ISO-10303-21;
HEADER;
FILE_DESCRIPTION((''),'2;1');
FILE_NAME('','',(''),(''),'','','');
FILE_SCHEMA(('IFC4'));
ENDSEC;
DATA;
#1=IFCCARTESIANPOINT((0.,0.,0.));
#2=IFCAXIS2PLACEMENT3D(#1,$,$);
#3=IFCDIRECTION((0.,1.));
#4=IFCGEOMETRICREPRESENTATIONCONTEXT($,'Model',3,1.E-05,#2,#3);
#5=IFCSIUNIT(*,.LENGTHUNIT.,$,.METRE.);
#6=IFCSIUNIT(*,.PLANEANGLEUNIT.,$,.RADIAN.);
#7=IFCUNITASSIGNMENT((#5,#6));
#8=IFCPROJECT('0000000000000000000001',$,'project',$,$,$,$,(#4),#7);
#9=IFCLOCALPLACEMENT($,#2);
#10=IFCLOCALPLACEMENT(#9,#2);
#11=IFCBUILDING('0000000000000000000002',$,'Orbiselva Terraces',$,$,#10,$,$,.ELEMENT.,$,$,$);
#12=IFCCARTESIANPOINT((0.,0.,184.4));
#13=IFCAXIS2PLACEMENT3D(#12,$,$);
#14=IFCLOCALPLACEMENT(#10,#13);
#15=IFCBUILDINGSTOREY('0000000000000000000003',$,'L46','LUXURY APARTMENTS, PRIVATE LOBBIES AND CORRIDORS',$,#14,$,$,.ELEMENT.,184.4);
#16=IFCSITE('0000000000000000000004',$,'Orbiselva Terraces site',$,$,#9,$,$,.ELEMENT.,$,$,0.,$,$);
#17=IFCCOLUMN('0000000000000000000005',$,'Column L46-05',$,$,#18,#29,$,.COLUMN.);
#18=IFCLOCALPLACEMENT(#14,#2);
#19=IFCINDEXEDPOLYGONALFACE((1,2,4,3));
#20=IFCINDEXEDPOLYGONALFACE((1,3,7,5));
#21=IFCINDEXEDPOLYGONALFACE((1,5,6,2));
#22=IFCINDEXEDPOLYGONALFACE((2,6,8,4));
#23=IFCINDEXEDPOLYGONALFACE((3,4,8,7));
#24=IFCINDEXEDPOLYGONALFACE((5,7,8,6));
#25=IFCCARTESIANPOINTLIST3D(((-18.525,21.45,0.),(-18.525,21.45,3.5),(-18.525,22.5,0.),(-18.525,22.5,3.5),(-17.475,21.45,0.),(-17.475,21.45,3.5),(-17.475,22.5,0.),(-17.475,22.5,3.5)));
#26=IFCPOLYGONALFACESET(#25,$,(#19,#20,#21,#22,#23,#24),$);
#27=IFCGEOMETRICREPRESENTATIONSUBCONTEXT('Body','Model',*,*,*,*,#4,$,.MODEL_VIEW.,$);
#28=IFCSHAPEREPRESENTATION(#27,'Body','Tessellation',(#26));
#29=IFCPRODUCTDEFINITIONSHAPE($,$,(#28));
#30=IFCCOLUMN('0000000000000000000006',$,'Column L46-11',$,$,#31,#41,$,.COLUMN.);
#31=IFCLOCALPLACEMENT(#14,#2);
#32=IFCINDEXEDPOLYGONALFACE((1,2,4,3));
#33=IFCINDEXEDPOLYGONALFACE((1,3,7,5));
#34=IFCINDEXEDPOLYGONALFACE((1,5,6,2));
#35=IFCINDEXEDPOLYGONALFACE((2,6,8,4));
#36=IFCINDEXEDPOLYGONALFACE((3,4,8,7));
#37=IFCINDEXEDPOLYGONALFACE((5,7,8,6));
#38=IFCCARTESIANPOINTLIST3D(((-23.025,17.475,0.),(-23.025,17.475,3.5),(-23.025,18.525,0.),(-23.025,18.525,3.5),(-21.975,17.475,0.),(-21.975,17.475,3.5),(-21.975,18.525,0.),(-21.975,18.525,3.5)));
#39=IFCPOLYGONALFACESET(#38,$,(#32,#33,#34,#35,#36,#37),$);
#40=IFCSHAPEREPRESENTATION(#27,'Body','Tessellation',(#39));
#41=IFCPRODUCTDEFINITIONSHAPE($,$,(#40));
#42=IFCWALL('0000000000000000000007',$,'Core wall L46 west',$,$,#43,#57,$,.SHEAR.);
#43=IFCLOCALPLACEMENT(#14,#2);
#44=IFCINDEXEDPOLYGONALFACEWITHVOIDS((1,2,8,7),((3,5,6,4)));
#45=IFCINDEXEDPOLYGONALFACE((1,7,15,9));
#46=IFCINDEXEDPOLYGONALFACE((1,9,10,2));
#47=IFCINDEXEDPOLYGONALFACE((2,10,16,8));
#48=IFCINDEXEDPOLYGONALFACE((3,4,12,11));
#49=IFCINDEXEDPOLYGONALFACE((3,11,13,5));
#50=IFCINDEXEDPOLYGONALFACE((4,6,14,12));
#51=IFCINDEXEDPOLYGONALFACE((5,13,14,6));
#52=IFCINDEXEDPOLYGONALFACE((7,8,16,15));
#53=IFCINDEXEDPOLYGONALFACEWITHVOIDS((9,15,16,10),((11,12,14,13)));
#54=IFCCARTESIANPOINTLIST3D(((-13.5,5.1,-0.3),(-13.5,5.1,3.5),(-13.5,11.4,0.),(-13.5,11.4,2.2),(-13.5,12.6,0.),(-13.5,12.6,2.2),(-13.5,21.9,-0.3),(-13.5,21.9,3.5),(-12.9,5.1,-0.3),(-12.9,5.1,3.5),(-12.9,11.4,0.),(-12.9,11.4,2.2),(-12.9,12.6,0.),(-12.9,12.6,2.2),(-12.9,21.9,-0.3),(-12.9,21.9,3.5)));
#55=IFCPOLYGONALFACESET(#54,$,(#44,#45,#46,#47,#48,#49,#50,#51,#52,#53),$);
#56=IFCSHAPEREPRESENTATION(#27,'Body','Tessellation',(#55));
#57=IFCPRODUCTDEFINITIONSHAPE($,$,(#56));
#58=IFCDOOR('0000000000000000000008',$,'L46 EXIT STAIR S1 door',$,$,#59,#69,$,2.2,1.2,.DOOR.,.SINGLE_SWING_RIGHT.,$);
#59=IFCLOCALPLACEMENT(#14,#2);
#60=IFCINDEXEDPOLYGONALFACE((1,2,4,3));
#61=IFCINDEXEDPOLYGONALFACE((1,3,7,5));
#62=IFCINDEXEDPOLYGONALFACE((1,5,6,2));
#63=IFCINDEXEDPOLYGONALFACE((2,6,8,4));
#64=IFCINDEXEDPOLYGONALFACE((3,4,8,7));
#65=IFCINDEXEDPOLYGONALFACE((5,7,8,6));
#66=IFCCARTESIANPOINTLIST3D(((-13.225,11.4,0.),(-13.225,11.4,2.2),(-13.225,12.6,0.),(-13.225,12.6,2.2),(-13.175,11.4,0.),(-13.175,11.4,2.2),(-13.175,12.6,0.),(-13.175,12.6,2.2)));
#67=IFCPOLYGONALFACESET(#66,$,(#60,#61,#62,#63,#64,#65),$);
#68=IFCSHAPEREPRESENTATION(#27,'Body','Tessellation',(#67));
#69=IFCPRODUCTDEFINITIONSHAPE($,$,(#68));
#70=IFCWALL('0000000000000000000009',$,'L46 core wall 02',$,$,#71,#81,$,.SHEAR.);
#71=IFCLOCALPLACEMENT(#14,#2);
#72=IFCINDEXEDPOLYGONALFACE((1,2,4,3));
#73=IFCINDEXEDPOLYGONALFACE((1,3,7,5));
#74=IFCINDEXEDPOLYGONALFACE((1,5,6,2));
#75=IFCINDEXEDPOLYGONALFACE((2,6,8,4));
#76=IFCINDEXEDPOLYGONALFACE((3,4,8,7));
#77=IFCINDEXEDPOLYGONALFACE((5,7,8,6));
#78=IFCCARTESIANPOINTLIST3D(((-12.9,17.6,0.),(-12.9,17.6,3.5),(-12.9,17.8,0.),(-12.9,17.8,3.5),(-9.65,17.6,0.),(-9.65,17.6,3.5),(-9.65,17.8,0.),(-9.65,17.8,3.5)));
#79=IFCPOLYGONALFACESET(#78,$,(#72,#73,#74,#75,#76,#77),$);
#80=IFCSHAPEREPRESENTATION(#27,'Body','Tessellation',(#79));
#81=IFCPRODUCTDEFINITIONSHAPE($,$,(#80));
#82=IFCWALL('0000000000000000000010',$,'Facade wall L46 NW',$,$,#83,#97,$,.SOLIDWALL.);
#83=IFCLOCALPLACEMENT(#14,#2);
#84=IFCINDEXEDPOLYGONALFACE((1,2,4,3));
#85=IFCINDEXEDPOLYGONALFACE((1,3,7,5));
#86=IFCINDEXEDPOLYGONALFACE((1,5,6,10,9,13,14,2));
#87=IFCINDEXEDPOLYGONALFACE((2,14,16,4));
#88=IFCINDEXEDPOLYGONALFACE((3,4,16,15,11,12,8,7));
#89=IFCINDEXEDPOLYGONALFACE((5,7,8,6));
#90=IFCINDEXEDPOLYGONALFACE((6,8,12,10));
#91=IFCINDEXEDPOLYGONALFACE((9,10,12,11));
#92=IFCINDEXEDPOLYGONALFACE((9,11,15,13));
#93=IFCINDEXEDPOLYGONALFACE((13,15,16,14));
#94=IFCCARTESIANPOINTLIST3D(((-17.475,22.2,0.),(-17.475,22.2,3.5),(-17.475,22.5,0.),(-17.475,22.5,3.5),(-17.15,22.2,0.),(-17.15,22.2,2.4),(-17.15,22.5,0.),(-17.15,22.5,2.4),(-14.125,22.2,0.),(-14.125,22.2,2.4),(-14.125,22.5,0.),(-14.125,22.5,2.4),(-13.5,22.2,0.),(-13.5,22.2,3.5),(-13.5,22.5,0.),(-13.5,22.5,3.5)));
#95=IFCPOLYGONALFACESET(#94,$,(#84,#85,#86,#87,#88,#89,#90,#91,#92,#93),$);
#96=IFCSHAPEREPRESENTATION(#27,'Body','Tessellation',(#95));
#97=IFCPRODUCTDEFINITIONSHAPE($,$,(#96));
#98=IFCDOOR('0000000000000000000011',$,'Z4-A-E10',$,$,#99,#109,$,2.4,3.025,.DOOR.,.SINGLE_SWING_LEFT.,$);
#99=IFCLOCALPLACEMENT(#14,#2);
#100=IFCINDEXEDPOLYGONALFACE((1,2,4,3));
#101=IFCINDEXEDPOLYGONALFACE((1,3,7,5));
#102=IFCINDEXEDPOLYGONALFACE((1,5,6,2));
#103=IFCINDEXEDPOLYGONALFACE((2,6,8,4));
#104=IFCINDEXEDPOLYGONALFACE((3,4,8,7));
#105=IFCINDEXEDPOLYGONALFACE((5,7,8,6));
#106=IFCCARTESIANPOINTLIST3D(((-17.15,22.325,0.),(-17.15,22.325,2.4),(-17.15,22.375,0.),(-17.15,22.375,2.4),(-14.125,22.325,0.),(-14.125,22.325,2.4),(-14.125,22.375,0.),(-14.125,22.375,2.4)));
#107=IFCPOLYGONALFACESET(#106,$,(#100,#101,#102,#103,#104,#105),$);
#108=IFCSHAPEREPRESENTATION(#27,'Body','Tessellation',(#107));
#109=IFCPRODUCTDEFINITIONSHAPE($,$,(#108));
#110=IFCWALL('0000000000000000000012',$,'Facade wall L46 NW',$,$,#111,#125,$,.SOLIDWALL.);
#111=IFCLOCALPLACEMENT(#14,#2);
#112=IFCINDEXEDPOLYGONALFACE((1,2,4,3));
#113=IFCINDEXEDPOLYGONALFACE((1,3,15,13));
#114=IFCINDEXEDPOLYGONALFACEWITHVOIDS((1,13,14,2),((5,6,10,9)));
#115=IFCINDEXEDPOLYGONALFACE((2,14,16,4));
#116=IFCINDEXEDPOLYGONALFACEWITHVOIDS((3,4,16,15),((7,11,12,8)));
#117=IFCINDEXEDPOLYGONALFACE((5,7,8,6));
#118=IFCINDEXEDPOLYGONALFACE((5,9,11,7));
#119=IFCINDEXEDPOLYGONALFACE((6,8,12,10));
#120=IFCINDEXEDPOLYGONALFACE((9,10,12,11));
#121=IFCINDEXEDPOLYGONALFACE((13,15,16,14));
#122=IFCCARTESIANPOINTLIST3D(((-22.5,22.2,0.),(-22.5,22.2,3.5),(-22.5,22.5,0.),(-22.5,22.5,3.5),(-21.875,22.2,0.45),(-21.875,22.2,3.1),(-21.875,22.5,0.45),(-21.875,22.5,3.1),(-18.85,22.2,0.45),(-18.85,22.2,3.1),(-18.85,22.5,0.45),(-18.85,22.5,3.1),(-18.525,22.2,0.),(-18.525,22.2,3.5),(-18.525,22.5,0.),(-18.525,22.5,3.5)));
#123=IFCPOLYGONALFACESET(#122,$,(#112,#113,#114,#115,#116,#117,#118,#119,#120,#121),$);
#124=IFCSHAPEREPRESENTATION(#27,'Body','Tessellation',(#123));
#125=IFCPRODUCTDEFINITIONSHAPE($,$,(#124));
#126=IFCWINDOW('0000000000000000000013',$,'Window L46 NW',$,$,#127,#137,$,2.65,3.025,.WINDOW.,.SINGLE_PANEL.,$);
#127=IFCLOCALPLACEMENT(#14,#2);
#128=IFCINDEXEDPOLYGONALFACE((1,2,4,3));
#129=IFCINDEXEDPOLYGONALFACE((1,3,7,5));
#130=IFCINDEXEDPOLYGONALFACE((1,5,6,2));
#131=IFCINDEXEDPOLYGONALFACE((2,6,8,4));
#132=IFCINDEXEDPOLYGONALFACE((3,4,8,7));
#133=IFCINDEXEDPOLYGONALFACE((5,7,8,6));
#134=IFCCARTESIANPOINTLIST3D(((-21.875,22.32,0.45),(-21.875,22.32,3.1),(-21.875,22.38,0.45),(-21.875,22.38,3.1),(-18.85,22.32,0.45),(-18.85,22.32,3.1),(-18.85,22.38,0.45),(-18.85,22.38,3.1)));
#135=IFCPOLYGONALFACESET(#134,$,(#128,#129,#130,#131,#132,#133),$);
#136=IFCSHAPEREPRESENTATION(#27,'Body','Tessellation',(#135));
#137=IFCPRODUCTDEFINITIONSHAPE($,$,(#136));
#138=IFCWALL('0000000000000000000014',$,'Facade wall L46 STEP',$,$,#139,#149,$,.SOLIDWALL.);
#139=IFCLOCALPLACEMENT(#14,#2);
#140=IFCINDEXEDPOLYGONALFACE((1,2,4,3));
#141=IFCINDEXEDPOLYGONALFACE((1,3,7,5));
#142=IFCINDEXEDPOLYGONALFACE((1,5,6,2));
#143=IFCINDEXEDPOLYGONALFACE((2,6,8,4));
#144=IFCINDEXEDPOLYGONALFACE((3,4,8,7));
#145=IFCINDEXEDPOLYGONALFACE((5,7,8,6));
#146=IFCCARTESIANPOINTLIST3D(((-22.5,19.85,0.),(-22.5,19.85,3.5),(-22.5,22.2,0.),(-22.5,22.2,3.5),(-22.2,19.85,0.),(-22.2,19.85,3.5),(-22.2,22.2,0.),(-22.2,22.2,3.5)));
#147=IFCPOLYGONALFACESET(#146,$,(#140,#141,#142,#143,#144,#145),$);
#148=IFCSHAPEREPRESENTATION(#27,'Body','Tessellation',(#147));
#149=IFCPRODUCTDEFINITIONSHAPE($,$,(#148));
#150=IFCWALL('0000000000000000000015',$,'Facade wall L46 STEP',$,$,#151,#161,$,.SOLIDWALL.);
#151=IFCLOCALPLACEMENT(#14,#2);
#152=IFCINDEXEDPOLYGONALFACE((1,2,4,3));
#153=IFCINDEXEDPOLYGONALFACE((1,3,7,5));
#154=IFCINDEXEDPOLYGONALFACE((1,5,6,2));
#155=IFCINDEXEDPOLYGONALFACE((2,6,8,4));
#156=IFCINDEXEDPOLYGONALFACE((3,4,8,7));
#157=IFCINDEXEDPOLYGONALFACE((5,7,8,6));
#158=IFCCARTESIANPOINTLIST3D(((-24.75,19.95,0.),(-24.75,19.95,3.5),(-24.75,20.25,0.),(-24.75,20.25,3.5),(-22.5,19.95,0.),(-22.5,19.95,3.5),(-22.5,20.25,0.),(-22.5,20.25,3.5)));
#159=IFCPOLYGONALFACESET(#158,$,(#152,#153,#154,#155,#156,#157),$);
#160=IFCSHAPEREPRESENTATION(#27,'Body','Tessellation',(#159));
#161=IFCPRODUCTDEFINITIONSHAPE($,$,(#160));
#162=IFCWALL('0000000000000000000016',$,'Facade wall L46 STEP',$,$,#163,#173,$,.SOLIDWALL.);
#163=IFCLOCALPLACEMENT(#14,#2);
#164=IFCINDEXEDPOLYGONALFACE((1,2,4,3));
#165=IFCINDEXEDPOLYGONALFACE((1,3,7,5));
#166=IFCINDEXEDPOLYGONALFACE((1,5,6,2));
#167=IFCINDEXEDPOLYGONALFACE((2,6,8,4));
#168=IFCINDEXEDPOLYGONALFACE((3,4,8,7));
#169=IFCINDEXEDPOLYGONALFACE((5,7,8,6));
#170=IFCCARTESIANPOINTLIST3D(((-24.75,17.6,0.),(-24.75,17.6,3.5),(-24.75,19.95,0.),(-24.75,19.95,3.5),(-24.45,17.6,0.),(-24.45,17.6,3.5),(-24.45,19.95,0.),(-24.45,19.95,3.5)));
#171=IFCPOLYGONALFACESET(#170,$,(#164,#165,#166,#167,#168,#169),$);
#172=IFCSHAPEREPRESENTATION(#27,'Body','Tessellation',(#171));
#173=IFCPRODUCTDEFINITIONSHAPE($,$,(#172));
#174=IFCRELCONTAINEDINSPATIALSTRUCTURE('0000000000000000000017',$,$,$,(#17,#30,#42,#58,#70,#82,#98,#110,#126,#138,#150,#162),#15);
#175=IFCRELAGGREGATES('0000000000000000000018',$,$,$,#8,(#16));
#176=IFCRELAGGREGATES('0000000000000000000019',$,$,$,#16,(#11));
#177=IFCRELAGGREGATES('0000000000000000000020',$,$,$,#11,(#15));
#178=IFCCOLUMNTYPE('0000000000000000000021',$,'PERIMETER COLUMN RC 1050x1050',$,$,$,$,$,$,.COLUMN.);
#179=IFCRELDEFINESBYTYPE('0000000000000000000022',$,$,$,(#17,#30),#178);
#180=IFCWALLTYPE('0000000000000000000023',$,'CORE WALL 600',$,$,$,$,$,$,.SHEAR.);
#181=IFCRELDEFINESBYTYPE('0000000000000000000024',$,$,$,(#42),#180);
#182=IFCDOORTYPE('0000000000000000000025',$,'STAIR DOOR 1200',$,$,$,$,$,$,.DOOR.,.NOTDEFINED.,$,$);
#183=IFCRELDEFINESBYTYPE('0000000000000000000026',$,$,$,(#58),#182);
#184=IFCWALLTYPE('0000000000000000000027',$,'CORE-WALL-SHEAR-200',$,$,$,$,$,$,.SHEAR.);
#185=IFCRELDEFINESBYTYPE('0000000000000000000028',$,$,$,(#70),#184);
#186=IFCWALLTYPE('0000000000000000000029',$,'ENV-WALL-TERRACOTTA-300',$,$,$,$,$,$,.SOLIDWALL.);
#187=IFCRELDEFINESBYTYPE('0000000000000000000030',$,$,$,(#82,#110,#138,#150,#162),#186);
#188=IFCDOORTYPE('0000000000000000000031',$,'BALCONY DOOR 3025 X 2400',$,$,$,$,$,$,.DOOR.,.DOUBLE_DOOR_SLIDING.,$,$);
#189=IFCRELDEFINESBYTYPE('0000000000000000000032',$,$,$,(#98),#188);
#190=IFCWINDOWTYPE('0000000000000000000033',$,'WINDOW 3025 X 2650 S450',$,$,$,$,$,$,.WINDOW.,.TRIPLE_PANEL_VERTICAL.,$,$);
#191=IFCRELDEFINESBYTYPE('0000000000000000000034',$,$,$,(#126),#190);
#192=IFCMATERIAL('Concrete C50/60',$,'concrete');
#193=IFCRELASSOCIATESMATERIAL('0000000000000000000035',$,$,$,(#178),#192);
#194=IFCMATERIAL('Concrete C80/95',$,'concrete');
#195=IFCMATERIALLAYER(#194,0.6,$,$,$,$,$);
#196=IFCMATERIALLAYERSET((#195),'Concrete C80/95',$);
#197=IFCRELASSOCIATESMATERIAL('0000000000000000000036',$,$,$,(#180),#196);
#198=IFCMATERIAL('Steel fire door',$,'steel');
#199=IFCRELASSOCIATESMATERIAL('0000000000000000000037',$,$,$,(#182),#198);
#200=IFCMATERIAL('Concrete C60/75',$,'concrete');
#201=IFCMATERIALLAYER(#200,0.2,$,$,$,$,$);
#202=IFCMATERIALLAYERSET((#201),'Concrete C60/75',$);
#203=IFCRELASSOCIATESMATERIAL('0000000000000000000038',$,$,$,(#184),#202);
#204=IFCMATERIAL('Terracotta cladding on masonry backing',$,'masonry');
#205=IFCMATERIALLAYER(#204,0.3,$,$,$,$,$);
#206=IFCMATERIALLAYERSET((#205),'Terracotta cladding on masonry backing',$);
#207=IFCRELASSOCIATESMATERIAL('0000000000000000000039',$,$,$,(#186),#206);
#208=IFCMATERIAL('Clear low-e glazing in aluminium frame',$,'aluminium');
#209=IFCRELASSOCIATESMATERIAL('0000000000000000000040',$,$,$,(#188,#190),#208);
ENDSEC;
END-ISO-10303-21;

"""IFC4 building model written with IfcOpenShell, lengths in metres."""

from ifc_helpers import new_model, si_unit, direction, frame, frame_2d, origin, origin_2d, place, context, subcontext, project, spatial, rectangle, extrude, material, layer, layer_set, material_profile, profile_set, type_object, element, fill, save


model = new_model("IFC4")

# Units and contexts
model_context = context("Model", 3, precision=1e-05, world=origin(), true_north=direction((0.0, 1.0)))
body_context = subcontext(model_context, "Body", "Model", "MODEL_VIEW")
ifc_project = project(units=[si_unit("LENGTHUNIT", "METRE"), si_unit("PLANEANGLEUNIT", "RADIAN")], contexts=[model_context])

# Site, building, storey
site_placement = place(None, origin())
site = spatial("IfcSite", under=ifc_project, at=site_placement, Name="Orbiselva Terraces site", CompositionType="ELEMENT", RefElevation=0.0)
building_placement = place(site_placement, origin())
building = spatial("IfcBuilding", under=site, at=building_placement, Name="Orbiselva Terraces", CompositionType="ELEMENT")
storey_placement = place(building_placement, frame((0.0, 0.0, 184.4)))
storey = spatial("IfcBuildingStorey", under=building, at=storey_placement, Name="L46", Description="LUXURY APARTMENTS, PRIVATE LOBBIES AND CORRIDORS", CompositionType="ELEMENT", Elevation=184.4)

# Columns
ifc_material_1 = material(Name="Concrete C50/60", Category="concrete")
ifc_material_profile = material_profile(ifc_material_1, rectangle(XDim=1.05, YDim=1.05, at=origin_2d()), Name="RC 1050x1050")
ifc_profile_set = profile_set([ifc_material_profile], Name="Concrete C50/60")
column_type = type_object("IfcColumnType", Name="PERIMETER COLUMN RC 1050x1050", PredefinedType="COLUMN", material=ifc_profile_set)
for number, where, z_axis, x_axis, name in (
    (1, (-18.0, 21.975, 0.0), (0.0, 0.0, 1.0), (1.0, 0.0, 0.0), "Column L46-05"),
    (2, (-22.5, 18.0, 0.0), (0.0, 0.0, 1.0), (1.0, 0.0, 0.0), "Column L46-11"),
):
    element("IfcColumn", number, at=place(storey_placement, frame(where, z_axis=z_axis, x_axis=x_axis)), inside=storey, type_object=column_type, Name=name, PredefinedType="COLUMN", context=body_context, shape_type="SweptSolid", body=[
        extrude(rectangle(XDim=1.05, YDim=1.05, at=origin_2d()), origin(), (0.0, 0.0, 1.0), 3.5),
    ])

# Wall, opening, door
ifc_material_2 = material(Name="Concrete C80/95", Category="concrete")
ifc_layer_1 = layer(ifc_material_2, 0.6)
ifc_layer_set_1 = layer_set([ifc_layer_1], Name="Concrete C80/95")
wall_type_1 = type_object("IfcWallType", Name="CORE WALL 600", PredefinedType="SHEAR", material=ifc_layer_set_1)
wall_1_placement = place(storey_placement, frame((-13.2, 21.9, -0.3), z_axis=(0.0, 0.0, 1.0), x_axis=(0.0, -1.0, 0.0)))
wall_1 = element("IfcWall", 3, at=wall_1_placement, inside=storey, type_object=wall_type_1, Name="Core wall L46 west", PredefinedType="SHEAR", context=body_context, shape_type="SweptSolid", body=[
    extrude(rectangle(XDim=16.8, YDim=0.6, at=frame_2d((8.4, 0.0))), origin(), (0.0, 0.0, 1.0), 3.8),
])
opening_1_placement = place(wall_1_placement, frame((9.3, 0.0, 0.3)))
opening_1 = element("IfcOpeningElement", 4, at=opening_1_placement, cuts=wall_1, PredefinedType="OPENING", context=body_context, shape_type="SweptSolid", body=[
    extrude(rectangle(XDim=1.2, YDim=2.2, at=frame_2d((0.6, 1.1))), frame((0.0, 0.31, 0.0), z_axis=(0.0, -1.0, 0.0), x_axis=(1.0, 0.0, 0.0)), (0.0, 0.0, 1.0), 0.62),
])
ifc_material_3 = material(Name="Steel fire door", Category="steel")
door_type_1 = type_object("IfcDoorType", Name="STAIR DOOR 1200", OperationType="NOTDEFINED", PredefinedType="DOOR", material=ifc_material_3)
door_1_placement = place(opening_1_placement, frame((1.2, 0.0, 0.0), z_axis=(0.0, 0.0, 1.0), x_axis=(-1.0, 0.0, 0.0)))
door_1 = element("IfcDoor", 5, at=door_1_placement, inside=storey, type_object=door_type_1, Name="L46 EXIT STAIR S1 door", OperationType="SINGLE_SWING_RIGHT", OverallHeight=2.2, OverallWidth=1.2, PredefinedType="DOOR", context=body_context, shape_type="SweptSolid", body=[
    extrude(rectangle(XDim=1.2, YDim=2.2, at=frame_2d((0.6, 1.1))), frame((0.0, 0.025, 0.0), z_axis=(0.0, -1.0, 0.0), x_axis=(1.0, 0.0, 0.0)), (0.0, 0.0, 1.0), 0.05),
])
fill(opening_1, door_1)

# Wall
ifc_material_4 = material(Name="Concrete C60/75", Category="concrete")
ifc_layer_2 = layer(ifc_material_4, 0.2)
ifc_layer_set_2 = layer_set([ifc_layer_2], Name="Concrete C60/75")
wall_type_2 = type_object("IfcWallType", Name="CORE-WALL-SHEAR-200", PredefinedType="SHEAR", material=ifc_layer_set_2)
wall_2_placement = place(storey_placement, frame((-12.9, 17.7, 0.0), z_axis=(0.0, 0.0, 1.0), x_axis=(1.0, 0.0, 0.0)))
element("IfcWall", 6, at=wall_2_placement, inside=storey, type_object=wall_type_2, Name="L46 core wall 02", PredefinedType="SHEAR", context=body_context, shape_type="SweptSolid", body=[
    extrude(rectangle(XDim=3.25, YDim=0.2, at=frame_2d((1.625, 0.0))), origin(), (0.0, 0.0, 1.0), 3.5),
])

# Wall, opening, door
ifc_material_5 = material(Name="Terracotta cladding on masonry backing", Category="masonry")
ifc_layer_3 = layer(ifc_material_5, 0.3)
ifc_layer_set_3 = layer_set([ifc_layer_3], Name="Terracotta cladding on masonry backing")
wall_type_3 = type_object("IfcWallType", Name="ENV-WALL-TERRACOTTA-300", PredefinedType="SOLIDWALL", material=ifc_layer_set_3)
wall_3_placement = place(storey_placement, frame((-17.475, 22.35, 0.0), z_axis=(0.0, 0.0, 1.0), x_axis=(1.0, 0.0, 0.0)))
wall_3 = element("IfcWall", 7, at=wall_3_placement, inside=storey, type_object=wall_type_3, Name="Facade wall L46 NW", PredefinedType="SOLIDWALL", context=body_context, shape_type="SweptSolid", body=[
    extrude(rectangle(XDim=3.975, YDim=0.3, at=frame_2d((1.9875, 0.0))), origin(), (0.0, 0.0, 1.0), 3.5),
])
opening_2_placement = place(wall_3_placement, frame((0.325, 0.0, 0.0)))
opening_2 = element("IfcOpeningElement", 8, at=opening_2_placement, cuts=wall_3, PredefinedType="OPENING", context=body_context, shape_type="SweptSolid", body=[
    extrude(rectangle(XDim=3.025, YDim=2.4, at=frame_2d((1.5125, 1.2))), frame((0.0, 0.16, 0.0), z_axis=(0.0, -1.0, 0.0), x_axis=(1.0, 0.0, 0.0)), (0.0, 0.0, 1.0), 0.32),
])
ifc_material_6 = material(Name="Clear low-e glazing in aluminium frame", Category="aluminium")
door_type_2 = type_object("IfcDoorType", Name="BALCONY DOOR 3025 X 2400", OperationType="DOUBLE_DOOR_SLIDING", PredefinedType="DOOR", material=ifc_material_6)
door_2_placement = place(opening_2_placement, origin())
door_2 = element("IfcDoor", 9, at=door_2_placement, inside=storey, type_object=door_type_2, Name="Z4-A-E10", OperationType="SINGLE_SWING_LEFT", OverallHeight=2.4, OverallWidth=3.025, PredefinedType="DOOR", context=body_context, shape_type="SweptSolid", body=[
    extrude(rectangle(XDim=3.025, YDim=2.4, at=frame_2d((1.5125, 1.2))), frame((0.0, 0.025, 0.0), z_axis=(0.0, -1.0, 0.0), x_axis=(1.0, 0.0, 0.0)), (0.0, 0.0, 1.0), 0.05),
])
fill(opening_2, door_2)

# Wall, opening, window
wall_4_placement = place(storey_placement, frame((-22.5, 22.35, 0.0), z_axis=(0.0, 0.0, 1.0), x_axis=(1.0, 0.0, 0.0)))
wall_4 = element("IfcWall", 10, at=wall_4_placement, inside=storey, type_object=wall_type_3, Name="Facade wall L46 NW", PredefinedType="SOLIDWALL", context=body_context, shape_type="SweptSolid", body=[
    extrude(rectangle(XDim=3.975, YDim=0.3, at=frame_2d((1.9875, 0.0))), origin(), (0.0, 0.0, 1.0), 3.5),
])
opening_3_placement = place(wall_4_placement, frame((0.625, 0.0, 0.45)))
opening_3 = element("IfcOpeningElement", 11, at=opening_3_placement, cuts=wall_4, PredefinedType="OPENING", context=body_context, shape_type="SweptSolid", body=[
    extrude(rectangle(XDim=3.025, YDim=2.65, at=frame_2d((1.5125, 1.325))), frame((0.0, 0.16, 0.0), z_axis=(0.0, -1.0, 0.0), x_axis=(1.0, 0.0, 0.0)), (0.0, 0.0, 1.0), 0.32),
])
window_type = type_object("IfcWindowType", Name="WINDOW 3025 X 2650 S450", PartitioningType="TRIPLE_PANEL_VERTICAL", PredefinedType="WINDOW", material=ifc_material_6)
window_placement = place(opening_3_placement, origin())
window = element("IfcWindow", 12, at=window_placement, inside=storey, type_object=window_type, Name="Window L46 NW", OverallHeight=2.65, OverallWidth=3.025, PartitioningType="SINGLE_PANEL", PredefinedType="WINDOW", context=body_context, shape_type="SweptSolid", body=[
    extrude(rectangle(XDim=3.025, YDim=2.65, at=frame_2d((1.5125, 1.325))), frame((0.0, 0.03, 0.0), z_axis=(0.0, -1.0, 0.0), x_axis=(1.0, 0.0, 0.0)), (0.0, 0.0, 1.0), 0.06),
])
fill(opening_3, window)

# Walls
wall_5_placement = place(storey_placement, frame((-22.35, 19.85, 0.0), z_axis=(0.0, 0.0, 1.0), x_axis=(0.0, 1.0, 0.0)))
element("IfcWall", 13, at=wall_5_placement, inside=storey, type_object=wall_type_3, Name="Facade wall L46 STEP", PredefinedType="SOLIDWALL", context=body_context, shape_type="SweptSolid", body=[
    extrude(rectangle(XDim=2.35, YDim=0.3, at=frame_2d((1.175, 0.0))), origin(), (0.0, 0.0, 1.0), 3.5),
])
wall_6_placement = place(storey_placement, frame((-24.75, 20.1, 0.0), z_axis=(0.0, 0.0, 1.0), x_axis=(1.0, 0.0, 0.0)))
element("IfcWall", 14, at=wall_6_placement, inside=storey, type_object=wall_type_3, Name="Facade wall L46 STEP", PredefinedType="SOLIDWALL", context=body_context, shape_type="SweptSolid", body=[
    extrude(rectangle(XDim=2.25, YDim=0.3, at=frame_2d((1.125, 0.0))), origin(), (0.0, 0.0, 1.0), 3.5),
])
wall_7_placement = place(storey_placement, frame((-24.6, 17.6, 0.0), z_axis=(0.0, 0.0, 1.0), x_axis=(0.0, 1.0, 0.0)))
element("IfcWall", 15, at=wall_7_placement, inside=storey, type_object=wall_type_3, Name="Facade wall L46 STEP", PredefinedType="SOLIDWALL", context=body_context, shape_type="SweptSolid", body=[
    extrude(rectangle(XDim=2.35, YDim=0.3, at=frame_2d((1.175, 0.0))), origin(), (0.0, 0.0, 1.0), 3.5),
])

save(model, "model.ifc")
